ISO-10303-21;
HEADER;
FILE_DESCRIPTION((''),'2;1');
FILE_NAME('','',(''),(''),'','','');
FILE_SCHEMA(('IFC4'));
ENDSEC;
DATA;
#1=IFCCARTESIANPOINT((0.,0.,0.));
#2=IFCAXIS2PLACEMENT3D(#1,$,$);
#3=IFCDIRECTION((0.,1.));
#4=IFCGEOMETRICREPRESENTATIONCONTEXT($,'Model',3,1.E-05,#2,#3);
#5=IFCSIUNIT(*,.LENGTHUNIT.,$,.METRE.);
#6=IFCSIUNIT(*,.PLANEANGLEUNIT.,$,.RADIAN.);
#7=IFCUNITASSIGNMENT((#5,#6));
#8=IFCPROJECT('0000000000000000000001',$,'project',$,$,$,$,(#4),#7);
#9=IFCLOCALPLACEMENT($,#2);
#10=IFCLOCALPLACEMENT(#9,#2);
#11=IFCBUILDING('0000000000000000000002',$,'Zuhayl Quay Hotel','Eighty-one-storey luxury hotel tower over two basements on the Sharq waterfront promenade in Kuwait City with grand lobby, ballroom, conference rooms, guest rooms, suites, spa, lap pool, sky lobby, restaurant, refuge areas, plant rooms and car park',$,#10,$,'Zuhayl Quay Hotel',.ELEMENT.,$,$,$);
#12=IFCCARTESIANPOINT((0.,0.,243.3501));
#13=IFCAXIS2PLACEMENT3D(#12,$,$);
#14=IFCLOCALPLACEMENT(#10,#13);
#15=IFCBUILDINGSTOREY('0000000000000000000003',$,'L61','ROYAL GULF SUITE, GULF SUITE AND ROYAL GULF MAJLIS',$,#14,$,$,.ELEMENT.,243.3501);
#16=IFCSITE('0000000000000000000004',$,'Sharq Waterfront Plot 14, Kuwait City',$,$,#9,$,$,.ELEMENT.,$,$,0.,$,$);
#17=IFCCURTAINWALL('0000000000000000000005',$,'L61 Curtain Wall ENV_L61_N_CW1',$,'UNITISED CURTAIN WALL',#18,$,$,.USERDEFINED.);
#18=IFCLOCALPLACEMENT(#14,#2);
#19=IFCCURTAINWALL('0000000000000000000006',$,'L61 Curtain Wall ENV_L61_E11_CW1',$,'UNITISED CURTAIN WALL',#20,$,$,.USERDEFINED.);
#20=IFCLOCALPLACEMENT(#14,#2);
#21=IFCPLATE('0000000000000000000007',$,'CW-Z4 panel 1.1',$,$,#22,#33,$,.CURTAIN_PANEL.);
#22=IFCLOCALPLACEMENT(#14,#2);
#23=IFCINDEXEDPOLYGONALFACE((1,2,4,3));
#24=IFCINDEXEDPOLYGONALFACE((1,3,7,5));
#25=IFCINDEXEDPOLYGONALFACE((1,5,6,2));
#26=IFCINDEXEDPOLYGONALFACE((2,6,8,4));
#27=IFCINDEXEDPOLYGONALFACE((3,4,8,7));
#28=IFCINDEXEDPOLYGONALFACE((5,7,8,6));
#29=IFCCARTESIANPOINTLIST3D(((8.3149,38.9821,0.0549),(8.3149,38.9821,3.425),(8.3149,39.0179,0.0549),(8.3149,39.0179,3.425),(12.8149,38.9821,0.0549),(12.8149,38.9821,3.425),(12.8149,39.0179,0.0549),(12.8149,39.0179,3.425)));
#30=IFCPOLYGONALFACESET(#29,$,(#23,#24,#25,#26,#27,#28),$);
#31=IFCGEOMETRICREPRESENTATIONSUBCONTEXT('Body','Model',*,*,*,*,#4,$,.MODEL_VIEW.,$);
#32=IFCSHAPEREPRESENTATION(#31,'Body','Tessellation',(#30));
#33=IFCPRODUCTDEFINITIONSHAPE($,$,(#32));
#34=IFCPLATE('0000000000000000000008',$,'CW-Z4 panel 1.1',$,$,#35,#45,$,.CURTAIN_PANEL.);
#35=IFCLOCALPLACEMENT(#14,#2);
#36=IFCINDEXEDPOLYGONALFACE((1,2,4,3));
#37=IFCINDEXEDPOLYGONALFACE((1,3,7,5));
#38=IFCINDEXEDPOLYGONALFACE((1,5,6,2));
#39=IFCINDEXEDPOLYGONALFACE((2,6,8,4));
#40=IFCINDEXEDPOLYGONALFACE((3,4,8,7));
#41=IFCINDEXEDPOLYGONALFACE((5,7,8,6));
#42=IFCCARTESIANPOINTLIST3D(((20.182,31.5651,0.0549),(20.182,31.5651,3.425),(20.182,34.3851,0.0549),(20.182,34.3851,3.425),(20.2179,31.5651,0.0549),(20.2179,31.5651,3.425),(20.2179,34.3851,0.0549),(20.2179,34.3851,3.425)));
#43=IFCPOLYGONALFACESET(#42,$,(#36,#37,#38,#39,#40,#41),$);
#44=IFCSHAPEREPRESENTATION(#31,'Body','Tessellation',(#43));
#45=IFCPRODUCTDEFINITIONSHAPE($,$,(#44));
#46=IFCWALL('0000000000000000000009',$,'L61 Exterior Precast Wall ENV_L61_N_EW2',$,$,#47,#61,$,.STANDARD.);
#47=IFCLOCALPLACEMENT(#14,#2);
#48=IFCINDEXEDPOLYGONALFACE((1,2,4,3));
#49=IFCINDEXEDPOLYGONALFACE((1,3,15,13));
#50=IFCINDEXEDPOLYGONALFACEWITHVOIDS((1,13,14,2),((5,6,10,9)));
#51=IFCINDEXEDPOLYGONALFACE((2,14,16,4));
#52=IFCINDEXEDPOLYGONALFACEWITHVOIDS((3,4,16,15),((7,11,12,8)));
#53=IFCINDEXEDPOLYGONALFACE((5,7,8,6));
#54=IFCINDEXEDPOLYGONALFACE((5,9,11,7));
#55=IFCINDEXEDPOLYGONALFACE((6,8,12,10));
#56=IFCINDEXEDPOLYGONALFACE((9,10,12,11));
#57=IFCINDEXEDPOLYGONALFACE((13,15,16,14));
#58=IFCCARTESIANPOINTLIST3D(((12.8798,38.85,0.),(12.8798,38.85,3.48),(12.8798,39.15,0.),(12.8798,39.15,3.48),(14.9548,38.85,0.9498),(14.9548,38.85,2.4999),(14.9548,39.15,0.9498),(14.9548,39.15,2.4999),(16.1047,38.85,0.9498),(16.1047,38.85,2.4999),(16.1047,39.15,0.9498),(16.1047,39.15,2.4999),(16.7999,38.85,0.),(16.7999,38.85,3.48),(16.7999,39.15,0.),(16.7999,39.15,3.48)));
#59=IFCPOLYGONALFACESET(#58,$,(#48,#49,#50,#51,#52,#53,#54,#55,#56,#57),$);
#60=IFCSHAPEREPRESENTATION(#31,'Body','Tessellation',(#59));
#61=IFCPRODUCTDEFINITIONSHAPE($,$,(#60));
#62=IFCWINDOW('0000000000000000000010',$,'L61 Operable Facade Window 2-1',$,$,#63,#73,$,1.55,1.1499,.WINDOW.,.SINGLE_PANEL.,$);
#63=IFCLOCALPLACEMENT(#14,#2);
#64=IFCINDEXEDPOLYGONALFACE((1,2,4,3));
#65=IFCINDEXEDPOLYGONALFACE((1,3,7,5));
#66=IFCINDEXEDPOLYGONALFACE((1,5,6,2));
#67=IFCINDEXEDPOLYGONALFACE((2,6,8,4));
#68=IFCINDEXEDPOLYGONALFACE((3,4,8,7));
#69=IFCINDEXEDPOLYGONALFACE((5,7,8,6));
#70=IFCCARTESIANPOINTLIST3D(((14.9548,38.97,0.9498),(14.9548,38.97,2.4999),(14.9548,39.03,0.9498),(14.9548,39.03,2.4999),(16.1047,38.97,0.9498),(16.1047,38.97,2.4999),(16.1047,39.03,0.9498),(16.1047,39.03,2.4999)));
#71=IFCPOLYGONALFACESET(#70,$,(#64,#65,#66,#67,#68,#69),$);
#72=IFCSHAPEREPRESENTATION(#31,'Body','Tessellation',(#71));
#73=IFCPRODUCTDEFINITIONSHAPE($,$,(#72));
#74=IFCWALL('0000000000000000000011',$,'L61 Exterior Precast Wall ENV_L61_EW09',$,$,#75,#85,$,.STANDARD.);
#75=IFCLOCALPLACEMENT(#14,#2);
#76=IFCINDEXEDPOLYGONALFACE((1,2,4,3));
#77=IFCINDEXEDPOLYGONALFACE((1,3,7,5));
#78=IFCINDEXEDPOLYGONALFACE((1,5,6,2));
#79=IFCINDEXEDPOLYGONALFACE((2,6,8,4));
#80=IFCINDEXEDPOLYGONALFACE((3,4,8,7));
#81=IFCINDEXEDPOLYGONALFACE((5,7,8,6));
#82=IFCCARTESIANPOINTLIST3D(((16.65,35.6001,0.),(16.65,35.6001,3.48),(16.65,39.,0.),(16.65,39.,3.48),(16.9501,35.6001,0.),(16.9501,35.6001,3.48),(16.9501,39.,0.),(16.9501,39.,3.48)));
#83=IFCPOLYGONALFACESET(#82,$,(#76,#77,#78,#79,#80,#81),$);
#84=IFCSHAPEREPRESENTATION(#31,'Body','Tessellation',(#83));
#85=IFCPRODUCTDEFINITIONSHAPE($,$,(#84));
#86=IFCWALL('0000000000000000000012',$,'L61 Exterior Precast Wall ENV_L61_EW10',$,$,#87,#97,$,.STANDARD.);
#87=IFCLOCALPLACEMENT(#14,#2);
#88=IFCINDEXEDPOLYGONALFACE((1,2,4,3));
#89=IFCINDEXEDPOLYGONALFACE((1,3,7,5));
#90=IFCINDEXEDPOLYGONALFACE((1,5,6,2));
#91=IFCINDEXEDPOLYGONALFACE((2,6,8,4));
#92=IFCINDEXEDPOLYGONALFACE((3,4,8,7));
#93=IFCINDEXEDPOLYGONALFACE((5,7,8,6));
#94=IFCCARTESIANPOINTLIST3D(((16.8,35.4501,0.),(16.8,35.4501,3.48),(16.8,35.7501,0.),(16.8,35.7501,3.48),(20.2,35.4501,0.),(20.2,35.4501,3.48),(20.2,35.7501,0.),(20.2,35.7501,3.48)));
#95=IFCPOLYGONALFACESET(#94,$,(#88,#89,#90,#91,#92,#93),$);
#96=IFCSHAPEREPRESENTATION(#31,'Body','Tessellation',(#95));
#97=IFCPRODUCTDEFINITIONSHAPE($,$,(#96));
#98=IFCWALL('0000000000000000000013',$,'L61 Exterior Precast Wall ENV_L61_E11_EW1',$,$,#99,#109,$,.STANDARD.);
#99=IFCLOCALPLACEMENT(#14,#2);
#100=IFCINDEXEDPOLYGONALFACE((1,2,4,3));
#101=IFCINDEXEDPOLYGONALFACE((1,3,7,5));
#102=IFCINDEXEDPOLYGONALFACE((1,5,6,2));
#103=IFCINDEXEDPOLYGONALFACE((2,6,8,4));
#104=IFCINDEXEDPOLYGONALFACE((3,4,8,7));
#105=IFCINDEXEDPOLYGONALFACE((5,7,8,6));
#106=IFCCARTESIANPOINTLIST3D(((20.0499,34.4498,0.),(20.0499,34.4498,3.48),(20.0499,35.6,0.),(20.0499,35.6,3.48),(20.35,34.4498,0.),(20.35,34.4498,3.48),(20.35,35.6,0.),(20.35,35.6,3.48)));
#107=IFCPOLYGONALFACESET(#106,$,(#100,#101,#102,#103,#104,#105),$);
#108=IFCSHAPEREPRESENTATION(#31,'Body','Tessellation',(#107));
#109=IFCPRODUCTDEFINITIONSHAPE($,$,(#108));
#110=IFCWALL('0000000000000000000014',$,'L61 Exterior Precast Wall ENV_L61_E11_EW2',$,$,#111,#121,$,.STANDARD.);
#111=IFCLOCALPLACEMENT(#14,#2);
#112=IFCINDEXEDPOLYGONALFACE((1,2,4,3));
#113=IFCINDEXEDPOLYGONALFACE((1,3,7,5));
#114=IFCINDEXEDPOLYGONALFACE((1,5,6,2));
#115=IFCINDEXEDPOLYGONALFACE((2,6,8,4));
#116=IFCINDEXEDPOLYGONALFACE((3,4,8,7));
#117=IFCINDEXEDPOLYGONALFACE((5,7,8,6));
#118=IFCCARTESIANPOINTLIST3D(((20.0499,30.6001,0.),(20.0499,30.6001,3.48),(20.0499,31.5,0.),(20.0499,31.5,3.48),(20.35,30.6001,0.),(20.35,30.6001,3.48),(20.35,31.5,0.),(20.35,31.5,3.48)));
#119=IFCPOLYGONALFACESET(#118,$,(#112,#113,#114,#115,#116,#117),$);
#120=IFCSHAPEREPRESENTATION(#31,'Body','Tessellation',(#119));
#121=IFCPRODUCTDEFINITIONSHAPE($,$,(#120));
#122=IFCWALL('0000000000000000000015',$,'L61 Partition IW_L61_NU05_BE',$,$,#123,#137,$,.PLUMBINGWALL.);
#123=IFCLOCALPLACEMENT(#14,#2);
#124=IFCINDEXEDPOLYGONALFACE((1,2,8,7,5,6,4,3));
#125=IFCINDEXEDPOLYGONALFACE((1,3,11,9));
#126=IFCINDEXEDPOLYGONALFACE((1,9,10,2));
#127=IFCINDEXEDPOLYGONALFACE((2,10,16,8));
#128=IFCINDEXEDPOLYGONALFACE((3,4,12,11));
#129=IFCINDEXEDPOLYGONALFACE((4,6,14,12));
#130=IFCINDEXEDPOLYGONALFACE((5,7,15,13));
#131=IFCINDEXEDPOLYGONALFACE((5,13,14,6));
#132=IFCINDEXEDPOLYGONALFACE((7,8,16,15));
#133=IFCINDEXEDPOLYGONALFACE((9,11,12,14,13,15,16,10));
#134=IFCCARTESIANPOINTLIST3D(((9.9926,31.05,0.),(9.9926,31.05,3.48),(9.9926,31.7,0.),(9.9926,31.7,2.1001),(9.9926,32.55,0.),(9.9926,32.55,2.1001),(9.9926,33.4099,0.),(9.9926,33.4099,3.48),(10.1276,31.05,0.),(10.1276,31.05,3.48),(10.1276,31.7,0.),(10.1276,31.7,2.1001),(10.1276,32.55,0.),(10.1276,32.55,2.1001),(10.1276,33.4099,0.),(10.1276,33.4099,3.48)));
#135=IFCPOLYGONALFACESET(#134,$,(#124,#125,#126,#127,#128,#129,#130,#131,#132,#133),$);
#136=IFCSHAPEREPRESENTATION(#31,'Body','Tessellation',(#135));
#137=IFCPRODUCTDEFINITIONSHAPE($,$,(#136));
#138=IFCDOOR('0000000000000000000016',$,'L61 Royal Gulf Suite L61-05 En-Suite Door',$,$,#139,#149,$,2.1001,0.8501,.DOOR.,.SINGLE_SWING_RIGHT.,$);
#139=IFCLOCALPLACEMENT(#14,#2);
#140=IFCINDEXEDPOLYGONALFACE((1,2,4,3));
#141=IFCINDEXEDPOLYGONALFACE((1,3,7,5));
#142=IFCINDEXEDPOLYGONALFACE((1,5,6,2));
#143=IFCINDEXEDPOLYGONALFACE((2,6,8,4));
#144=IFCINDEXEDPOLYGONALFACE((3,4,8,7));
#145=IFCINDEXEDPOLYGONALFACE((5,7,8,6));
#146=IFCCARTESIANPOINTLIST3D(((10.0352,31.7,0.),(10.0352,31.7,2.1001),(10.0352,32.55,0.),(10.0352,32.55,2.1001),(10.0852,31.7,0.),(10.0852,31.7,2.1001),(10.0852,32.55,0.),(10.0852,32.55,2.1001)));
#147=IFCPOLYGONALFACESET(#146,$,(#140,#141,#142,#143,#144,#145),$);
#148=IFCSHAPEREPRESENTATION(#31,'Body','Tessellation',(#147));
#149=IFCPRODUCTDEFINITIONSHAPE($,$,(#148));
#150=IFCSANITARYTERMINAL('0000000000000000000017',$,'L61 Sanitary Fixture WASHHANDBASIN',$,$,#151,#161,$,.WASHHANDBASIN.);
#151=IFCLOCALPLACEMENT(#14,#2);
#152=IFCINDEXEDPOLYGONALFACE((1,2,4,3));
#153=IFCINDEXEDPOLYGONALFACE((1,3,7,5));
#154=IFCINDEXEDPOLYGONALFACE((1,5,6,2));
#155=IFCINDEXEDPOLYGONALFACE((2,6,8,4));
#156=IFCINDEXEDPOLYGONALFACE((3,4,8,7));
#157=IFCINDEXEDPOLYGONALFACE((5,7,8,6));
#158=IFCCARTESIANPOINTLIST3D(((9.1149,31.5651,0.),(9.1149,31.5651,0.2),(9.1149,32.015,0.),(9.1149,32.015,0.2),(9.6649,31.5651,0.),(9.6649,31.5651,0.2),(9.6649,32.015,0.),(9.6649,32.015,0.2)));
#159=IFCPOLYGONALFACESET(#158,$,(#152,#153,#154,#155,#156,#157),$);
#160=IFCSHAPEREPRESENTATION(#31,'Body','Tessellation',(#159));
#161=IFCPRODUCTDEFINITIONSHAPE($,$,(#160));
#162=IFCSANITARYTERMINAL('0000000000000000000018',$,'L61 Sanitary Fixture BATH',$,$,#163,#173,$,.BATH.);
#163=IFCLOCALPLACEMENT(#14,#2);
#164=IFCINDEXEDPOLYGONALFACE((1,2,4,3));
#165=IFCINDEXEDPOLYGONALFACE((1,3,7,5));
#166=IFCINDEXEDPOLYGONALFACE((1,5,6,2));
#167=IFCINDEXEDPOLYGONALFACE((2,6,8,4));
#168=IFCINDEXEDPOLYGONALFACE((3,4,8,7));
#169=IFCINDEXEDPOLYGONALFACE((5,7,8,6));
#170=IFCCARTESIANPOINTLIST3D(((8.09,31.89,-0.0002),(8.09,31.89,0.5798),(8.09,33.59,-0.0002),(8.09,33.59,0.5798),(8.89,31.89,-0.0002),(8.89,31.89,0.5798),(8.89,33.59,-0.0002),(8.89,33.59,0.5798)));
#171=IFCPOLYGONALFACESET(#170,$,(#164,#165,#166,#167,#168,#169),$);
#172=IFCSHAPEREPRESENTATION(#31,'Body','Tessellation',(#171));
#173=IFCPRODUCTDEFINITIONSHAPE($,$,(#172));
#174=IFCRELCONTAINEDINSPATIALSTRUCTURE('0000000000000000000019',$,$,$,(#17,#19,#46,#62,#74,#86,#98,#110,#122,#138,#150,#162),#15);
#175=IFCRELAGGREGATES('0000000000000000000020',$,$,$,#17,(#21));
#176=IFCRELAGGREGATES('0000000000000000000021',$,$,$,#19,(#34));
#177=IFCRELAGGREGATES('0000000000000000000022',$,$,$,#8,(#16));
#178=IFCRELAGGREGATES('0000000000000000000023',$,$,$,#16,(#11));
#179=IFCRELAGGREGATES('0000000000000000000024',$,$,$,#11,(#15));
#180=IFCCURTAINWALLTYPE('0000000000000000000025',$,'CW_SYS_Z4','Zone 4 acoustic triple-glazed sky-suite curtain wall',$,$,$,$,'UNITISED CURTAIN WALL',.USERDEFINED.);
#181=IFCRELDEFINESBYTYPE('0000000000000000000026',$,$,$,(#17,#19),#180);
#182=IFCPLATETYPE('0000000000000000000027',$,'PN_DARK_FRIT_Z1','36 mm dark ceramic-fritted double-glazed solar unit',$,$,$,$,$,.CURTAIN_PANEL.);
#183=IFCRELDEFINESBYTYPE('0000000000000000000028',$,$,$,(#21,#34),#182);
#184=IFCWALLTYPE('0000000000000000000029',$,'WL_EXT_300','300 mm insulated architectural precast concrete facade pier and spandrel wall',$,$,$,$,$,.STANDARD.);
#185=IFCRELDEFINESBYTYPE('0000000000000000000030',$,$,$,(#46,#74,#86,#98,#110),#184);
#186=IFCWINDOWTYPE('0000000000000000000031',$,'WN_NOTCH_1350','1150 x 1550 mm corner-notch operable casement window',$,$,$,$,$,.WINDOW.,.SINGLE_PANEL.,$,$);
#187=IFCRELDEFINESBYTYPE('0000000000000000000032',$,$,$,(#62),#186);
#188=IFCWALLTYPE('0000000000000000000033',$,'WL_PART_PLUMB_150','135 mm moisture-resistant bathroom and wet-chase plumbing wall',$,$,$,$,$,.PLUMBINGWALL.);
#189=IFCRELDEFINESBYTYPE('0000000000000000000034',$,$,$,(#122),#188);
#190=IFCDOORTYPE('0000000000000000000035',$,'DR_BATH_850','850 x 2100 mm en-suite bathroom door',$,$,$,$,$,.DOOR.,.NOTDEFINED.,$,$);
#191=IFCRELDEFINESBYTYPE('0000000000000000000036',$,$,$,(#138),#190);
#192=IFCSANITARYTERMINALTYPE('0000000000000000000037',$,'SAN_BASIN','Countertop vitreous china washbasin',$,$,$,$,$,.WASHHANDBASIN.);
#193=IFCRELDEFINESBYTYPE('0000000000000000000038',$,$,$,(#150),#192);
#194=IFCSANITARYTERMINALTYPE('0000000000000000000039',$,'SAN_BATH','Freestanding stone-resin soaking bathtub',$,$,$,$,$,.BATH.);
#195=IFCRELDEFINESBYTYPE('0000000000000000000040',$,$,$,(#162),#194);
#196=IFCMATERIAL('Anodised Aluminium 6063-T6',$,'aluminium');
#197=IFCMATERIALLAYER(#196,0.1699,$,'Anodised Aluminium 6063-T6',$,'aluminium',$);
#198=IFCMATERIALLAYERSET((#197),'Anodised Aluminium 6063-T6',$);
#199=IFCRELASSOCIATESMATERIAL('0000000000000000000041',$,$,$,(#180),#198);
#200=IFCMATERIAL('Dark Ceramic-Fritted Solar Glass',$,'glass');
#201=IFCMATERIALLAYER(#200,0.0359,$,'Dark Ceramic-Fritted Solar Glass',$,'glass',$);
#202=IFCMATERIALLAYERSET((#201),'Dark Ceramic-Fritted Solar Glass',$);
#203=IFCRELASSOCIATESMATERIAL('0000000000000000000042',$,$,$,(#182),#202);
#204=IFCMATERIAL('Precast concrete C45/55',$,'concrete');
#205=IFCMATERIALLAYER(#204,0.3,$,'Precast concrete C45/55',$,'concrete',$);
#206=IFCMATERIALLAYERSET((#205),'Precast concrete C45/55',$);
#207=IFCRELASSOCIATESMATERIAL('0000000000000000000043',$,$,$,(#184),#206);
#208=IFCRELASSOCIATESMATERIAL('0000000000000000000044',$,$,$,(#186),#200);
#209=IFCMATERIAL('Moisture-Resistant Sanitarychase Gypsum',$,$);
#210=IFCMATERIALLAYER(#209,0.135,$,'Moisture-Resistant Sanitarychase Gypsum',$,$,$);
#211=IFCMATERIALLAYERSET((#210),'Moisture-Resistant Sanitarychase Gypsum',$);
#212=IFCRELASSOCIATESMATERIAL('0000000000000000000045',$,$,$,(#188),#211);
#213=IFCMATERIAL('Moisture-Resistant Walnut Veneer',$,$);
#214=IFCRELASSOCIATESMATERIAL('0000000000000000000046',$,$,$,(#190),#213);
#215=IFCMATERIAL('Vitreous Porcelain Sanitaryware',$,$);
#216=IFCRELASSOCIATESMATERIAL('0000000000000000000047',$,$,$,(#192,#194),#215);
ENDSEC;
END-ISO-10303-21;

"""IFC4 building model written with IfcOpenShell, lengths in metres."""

from ifc_helpers import new_model, si_unit, direction, frame, frame_2d, origin, origin_2d, place, context, subcontext, project, spatial, rectangle, extrude, material, layer, layer_set, type_object, element, fill, aggregate, save


model = new_model("IFC4")

# Units and contexts
model_context = context("Model", 3, precision=1e-05, world=origin(), true_north=direction((0.0, 1.0)))
body_context = subcontext(model_context, "Body", "Model", "MODEL_VIEW")
ifc_project = project(units=[si_unit("LENGTHUNIT", "METRE"), si_unit("PLANEANGLEUNIT", "RADIAN")], contexts=[model_context])

# Site, building, storey
site_placement = place(None, origin())
site = spatial("IfcSite", under=ifc_project, at=site_placement, Name="Sharq Waterfront Plot 14, Kuwait City", CompositionType="ELEMENT", RefElevation=0.0)
building_placement = place(site_placement, origin())
building = spatial("IfcBuilding", under=site, at=building_placement, Name="Zuhayl Quay Hotel", Description="Eighty-one-storey luxury hotel tower over two basements on the Sharq waterfront promenade in Kuwait City with grand lobby, ballroom, conference rooms, guest rooms, suites, spa, lap pool, sky lobby, restaurant, refuge areas, plant rooms and car park", LongName="Zuhayl Quay Hotel", CompositionType="ELEMENT")
storey_placement = place(building_placement, frame((0.0, 0.0, 243.3501)))
storey = spatial("IfcBuildingStorey", under=building, at=storey_placement, Name="L61", Description="ROYAL GULF SUITE, GULF SUITE AND ROYAL GULF MAJLIS", CompositionType="ELEMENT", Elevation=243.3501)

# Curtain wall
ifc_material_1 = material(Name="Anodised Aluminium 6063-T6", Category="aluminium")
ifc_layer_1 = layer(ifc_material_1, 0.1699, Name="Anodised Aluminium 6063-T6", Category="aluminium")
ifc_layer_set_1 = layer_set([ifc_layer_1], Name="Anodised Aluminium 6063-T6")
curtain_wall_type = type_object("IfcCurtainWallType", Name="CW_SYS_Z4", Description="Zone 4 acoustic triple-glazed sky-suite curtain wall", ElementType="UNITISED CURTAIN WALL", PredefinedType="USERDEFINED", material=ifc_layer_set_1)
curtain_wall_1_placement = place(storey_placement, origin())
curtain_wall_1 = element("IfcCurtainWall", 1, at=curtain_wall_1_placement, inside=storey, type_object=curtain_wall_type, Name="L61 Curtain Wall ENV_L61_N_CW1", ObjectType="UNITISED CURTAIN WALL", PredefinedType="USERDEFINED")

# Curtain wall
curtain_wall_2_placement = place(storey_placement, origin())
curtain_wall_2 = element("IfcCurtainWall", 2, at=curtain_wall_2_placement, inside=storey, type_object=curtain_wall_type, Name="L61 Curtain Wall ENV_L61_E11_CW1", ObjectType="UNITISED CURTAIN WALL", PredefinedType="USERDEFINED")

# Plates
ifc_material_2 = material(Name="Dark Ceramic-Fritted Solar Glass", Category="glass")
ifc_layer_2 = layer(ifc_material_2, 0.0359, Name="Dark Ceramic-Fritted Solar Glass", Category="glass")
ifc_layer_set_2 = layer_set([ifc_layer_2], Name="Dark Ceramic-Fritted Solar Glass")
plate_type = type_object("IfcPlateType", Name="PN_DARK_FRIT_Z1", Description="36 mm dark ceramic-fritted double-glazed solar unit", PredefinedType="CURTAIN_PANEL", material=ifc_layer_set_2)
plate_1_placement = place(storey_placement, frame((10.5649, 39.0, 0.0549), z_axis=(0.0, 0.0, 1.0), x_axis=(1.0, 0.0, 0.0)))
plate_1 = element("IfcPlate", 3, at=plate_1_placement, type_object=plate_type, Name="CW-Z4 panel 1.1", PredefinedType="CURTAIN_PANEL", context=body_context, shape_type="SweptSolid", body=[
    extrude(rectangle(XDim=4.5, YDim=0.0359, at=origin_2d()), origin(), (0.0, 0.0, 1.0), 3.3701),
])
aggregate(curtain_wall_1, [plate_1])
plate_2_placement = place(storey_placement, frame((20.2, 32.9751, 0.0549), z_axis=(0.0, 0.0, 1.0), x_axis=(0.0, -1.0, 0.0)))
plate_2 = element("IfcPlate", 4, at=plate_2_placement, type_object=plate_type, Name="CW-Z4 panel 1.1", PredefinedType="CURTAIN_PANEL", context=body_context, shape_type="SweptSolid", body=[
    extrude(rectangle(XDim=2.8201, YDim=0.0359, at=origin_2d()), origin(), (0.0, 0.0, 1.0), 3.3701),
])
aggregate(curtain_wall_2, [plate_2])

# Wall, opening, window
ifc_material_3 = material(Name="Precast concrete C45/55", Category="concrete")
ifc_layer_3 = layer(ifc_material_3, 0.3, Name="Precast concrete C45/55", Category="concrete")
ifc_layer_set_3 = layer_set([ifc_layer_3], Name="Precast concrete C45/55")
wall_type_1 = type_object("IfcWallType", Name="WL_EXT_300", Description="300 mm insulated architectural precast concrete facade pier and spandrel wall", PredefinedType="STANDARD", material=ifc_layer_set_3)
wall_1_placement = place(storey_placement, frame((12.8799, 39.0, 0.0), z_axis=(0.0, 0.0, 1.0), x_axis=(1.0, 0.0, 0.0)))
wall_1 = element("IfcWall", 5, at=wall_1_placement, inside=storey, type_object=wall_type_1, Name="L61 Exterior Precast Wall ENV_L61_N_EW2", PredefinedType="STANDARD", context=body_context, shape_type="SweptSolid", body=[
    extrude(rectangle(XDim=3.9202, YDim=0.3, at=frame_2d((1.96, 0.0))), origin(), (0.0, 0.0, 1.0), 3.48),
])
opening_1_placement = place(wall_1_placement, frame((2.075, 0.0, 0.95)))
opening_1 = element("IfcOpeningElement", 6, at=opening_1_placement, cuts=wall_1, PredefinedType="OPENING", context=body_context, shape_type="SweptSolid", body=[
    extrude(rectangle(XDim=1.1499, YDim=1.55, at=frame_2d((0.575, 0.7749))), frame((0.0, 0.1599, 0.0), z_axis=(0.0, -1.0, 0.0), x_axis=(1.0, 0.0, 0.0)), (0.0, 0.0, 1.0), 0.3201),
])
window_type = type_object("IfcWindowType", Name="WN_NOTCH_1350", Description="1150 x 1550 mm corner-notch operable casement window", PartitioningType="SINGLE_PANEL", PredefinedType="WINDOW", material=ifc_material_2)
window_placement = place(opening_1_placement, origin())
window = element("IfcWindow", 7, at=window_placement, inside=storey, type_object=window_type, Name="L61 Operable Facade Window 2-1", OverallHeight=1.55, OverallWidth=1.1499, PartitioningType="SINGLE_PANEL", PredefinedType="WINDOW", context=body_context, shape_type="SweptSolid", body=[
    extrude(rectangle(XDim=1.1499, YDim=1.55, at=frame_2d((0.575, 0.7749))), frame((0.0, 0.03, 0.0), z_axis=(0.0, -1.0, 0.0), x_axis=(1.0, 0.0, 0.0)), (0.0, 0.0, 1.0), 0.0601),
])
fill(opening_1, window)

# Walls
for number, where, z_axis, x_axis, name in (
    (8, (16.8, 39.0, 0.0), (0.0, 0.0, 1.0), (0.0, -1.0, 0.0), "L61 Exterior Precast Wall ENV_L61_EW09"),
    (9, (16.8, 35.6001, 0.0), (0.0, 0.0, 1.0), (1.0, 0.0, 0.0), "L61 Exterior Precast Wall ENV_L61_EW10"),
):
    element("IfcWall", number, at=place(storey_placement, frame(where, z_axis=z_axis, x_axis=x_axis)), inside=storey, type_object=wall_type_1, Name=name, PredefinedType="STANDARD", context=body_context, shape_type="SweptSolid", body=[
        extrude(rectangle(XDim=3.3999, YDim=0.3, at=frame_2d((1.7, 0.0))), origin(), (0.0, 0.0, 1.0), 3.48),
    ])
wall_2_placement = place(storey_placement, frame((20.2, 35.6001, 0.0), z_axis=(0.0, 0.0, 1.0), x_axis=(0.0, -1.0, 0.0)))
element("IfcWall", 10, at=wall_2_placement, inside=storey, type_object=wall_type_1, Name="L61 Exterior Precast Wall ENV_L61_E11_EW1", PredefinedType="STANDARD", context=body_context, shape_type="SweptSolid", body=[
    extrude(rectangle(XDim=1.1501, YDim=0.3, at=frame_2d((0.5752, 0.0))), origin(), (0.0, 0.0, 1.0), 3.48),
])
wall_3_placement = place(storey_placement, frame((20.2, 31.5, 0.0), z_axis=(0.0, 0.0, 1.0), x_axis=(0.0, -1.0, 0.0)))
element("IfcWall", 11, at=wall_3_placement, inside=storey, type_object=wall_type_1, Name="L61 Exterior Precast Wall ENV_L61_E11_EW2", PredefinedType="STANDARD", context=body_context, shape_type="SweptSolid", body=[
    extrude(rectangle(XDim=0.8999, YDim=0.3, at=frame_2d((0.45, 0.0))), origin(), (0.0, 0.0, 1.0), 3.48),
])

# Wall, opening, door
ifc_material_4 = material(Name="Moisture-Resistant Sanitarychase Gypsum")
ifc_layer_4 = layer(ifc_material_4, 0.135, Name="Moisture-Resistant Sanitarychase Gypsum")
ifc_layer_set_4 = layer_set([ifc_layer_4], Name="Moisture-Resistant Sanitarychase Gypsum")
wall_type_2 = type_object("IfcWallType", Name="WL_PART_PLUMB_150", Description="135 mm moisture-resistant bathroom and wet-chase plumbing wall", PredefinedType="PLUMBINGWALL", material=ifc_layer_set_4)
wall_4_placement = place(storey_placement, frame((10.0601, 31.05, 0.0), z_axis=(0.0, 0.0, 1.0), x_axis=(0.0, 1.0, 0.0)))
wall_4 = element("IfcWall", 12, at=wall_4_placement, inside=storey, type_object=wall_type_2, Name="L61 Partition IW_L61_NU05_BE", PredefinedType="PLUMBINGWALL", context=body_context, shape_type="SweptSolid", body=[
    extrude(rectangle(XDim=2.3599, YDim=0.135, at=frame_2d((1.1799, 0.0))), origin(), (0.0, 0.0, 1.0), 3.48),
])
opening_2_placement = place(wall_4_placement, frame((0.6499, 0.0, 0.0)))
opening_2 = element("IfcOpeningElement", 13, at=opening_2_placement, cuts=wall_4, PredefinedType="OPENING", context=body_context, shape_type="SweptSolid", body=[
    extrude(rectangle(XDim=0.8501, YDim=2.1001, at=frame_2d((0.425, 1.05))), frame((0.0, 0.0774, 0.0), z_axis=(0.0, -1.0, 0.0), x_axis=(1.0, 0.0, 0.0)), (0.0, 0.0, 1.0), 0.155),
])
ifc_material_5 = material(Name="Moisture-Resistant Walnut Veneer")
door_type = type_object("IfcDoorType", Name="DR_BATH_850", Description="850 x 2100 mm en-suite bathroom door", OperationType="NOTDEFINED", PredefinedType="DOOR", material=ifc_material_5)
door_placement = place(opening_2_placement, origin())
door = element("IfcDoor", 14, at=door_placement, inside=storey, type_object=door_type, Name="L61 Royal Gulf Suite L61-05 En-Suite Door", OperationType="SINGLE_SWING_RIGHT", OverallHeight=2.1001, OverallWidth=0.8501, PredefinedType="DOOR", context=body_context, shape_type="SweptSolid", body=[
    extrude(rectangle(XDim=0.8501, YDim=2.1001, at=frame_2d((0.425, 1.05))), frame((0.0, 0.0249, 0.0), z_axis=(0.0, -1.0, 0.0), x_axis=(1.0, 0.0, 0.0)), (0.0, 0.0, 1.0), 0.05),
])
fill(opening_2, door)

# Sanitary terminals
ifc_material_6 = material(Name="Vitreous Porcelain Sanitaryware")
sanitary_terminal_type_1 = type_object("IfcSanitaryTerminalType", Name="SAN_BASIN", Description="Countertop vitreous china washbasin", PredefinedType="WASHHANDBASIN", material=ifc_material_6)
sanitary_terminal_1_placement = place(storey_placement, frame((9.3899, 31.79, 0.0), z_axis=(0.0, 0.0, 1.0), x_axis=(1.0, 0.0, 0.0)))
element("IfcSanitaryTerminal", 15, at=sanitary_terminal_1_placement, inside=storey, type_object=sanitary_terminal_type_1, Name="L61 Sanitary Fixture WASHHANDBASIN", PredefinedType="WASHHANDBASIN", context=body_context, shape_type="SweptSolid", body=[
    extrude(rectangle(XDim=0.55, YDim=0.45, at=origin_2d()), origin(), (0.0, 0.0, 1.0), 0.2),
])
sanitary_terminal_type_2 = type_object("IfcSanitaryTerminalType", Name="SAN_BATH", Description="Freestanding stone-resin soaking bathtub", PredefinedType="BATH", material=ifc_material_6)
sanitary_terminal_2_placement = place(storey_placement, frame((8.49, 32.74, -0.0002), z_axis=(0.0, 0.0, 1.0), x_axis=(1.0, 0.0, 0.0)))
element("IfcSanitaryTerminal", 16, at=sanitary_terminal_2_placement, inside=storey, type_object=sanitary_terminal_type_2, Name="L61 Sanitary Fixture BATH", PredefinedType="BATH", context=body_context, shape_type="SweptSolid", body=[
    extrude(rectangle(XDim=0.8, YDim=1.7, at=origin_2d()), origin(), (0.0, 0.0, 1.0), 0.5801),
])

save(model, "model.ifc")
